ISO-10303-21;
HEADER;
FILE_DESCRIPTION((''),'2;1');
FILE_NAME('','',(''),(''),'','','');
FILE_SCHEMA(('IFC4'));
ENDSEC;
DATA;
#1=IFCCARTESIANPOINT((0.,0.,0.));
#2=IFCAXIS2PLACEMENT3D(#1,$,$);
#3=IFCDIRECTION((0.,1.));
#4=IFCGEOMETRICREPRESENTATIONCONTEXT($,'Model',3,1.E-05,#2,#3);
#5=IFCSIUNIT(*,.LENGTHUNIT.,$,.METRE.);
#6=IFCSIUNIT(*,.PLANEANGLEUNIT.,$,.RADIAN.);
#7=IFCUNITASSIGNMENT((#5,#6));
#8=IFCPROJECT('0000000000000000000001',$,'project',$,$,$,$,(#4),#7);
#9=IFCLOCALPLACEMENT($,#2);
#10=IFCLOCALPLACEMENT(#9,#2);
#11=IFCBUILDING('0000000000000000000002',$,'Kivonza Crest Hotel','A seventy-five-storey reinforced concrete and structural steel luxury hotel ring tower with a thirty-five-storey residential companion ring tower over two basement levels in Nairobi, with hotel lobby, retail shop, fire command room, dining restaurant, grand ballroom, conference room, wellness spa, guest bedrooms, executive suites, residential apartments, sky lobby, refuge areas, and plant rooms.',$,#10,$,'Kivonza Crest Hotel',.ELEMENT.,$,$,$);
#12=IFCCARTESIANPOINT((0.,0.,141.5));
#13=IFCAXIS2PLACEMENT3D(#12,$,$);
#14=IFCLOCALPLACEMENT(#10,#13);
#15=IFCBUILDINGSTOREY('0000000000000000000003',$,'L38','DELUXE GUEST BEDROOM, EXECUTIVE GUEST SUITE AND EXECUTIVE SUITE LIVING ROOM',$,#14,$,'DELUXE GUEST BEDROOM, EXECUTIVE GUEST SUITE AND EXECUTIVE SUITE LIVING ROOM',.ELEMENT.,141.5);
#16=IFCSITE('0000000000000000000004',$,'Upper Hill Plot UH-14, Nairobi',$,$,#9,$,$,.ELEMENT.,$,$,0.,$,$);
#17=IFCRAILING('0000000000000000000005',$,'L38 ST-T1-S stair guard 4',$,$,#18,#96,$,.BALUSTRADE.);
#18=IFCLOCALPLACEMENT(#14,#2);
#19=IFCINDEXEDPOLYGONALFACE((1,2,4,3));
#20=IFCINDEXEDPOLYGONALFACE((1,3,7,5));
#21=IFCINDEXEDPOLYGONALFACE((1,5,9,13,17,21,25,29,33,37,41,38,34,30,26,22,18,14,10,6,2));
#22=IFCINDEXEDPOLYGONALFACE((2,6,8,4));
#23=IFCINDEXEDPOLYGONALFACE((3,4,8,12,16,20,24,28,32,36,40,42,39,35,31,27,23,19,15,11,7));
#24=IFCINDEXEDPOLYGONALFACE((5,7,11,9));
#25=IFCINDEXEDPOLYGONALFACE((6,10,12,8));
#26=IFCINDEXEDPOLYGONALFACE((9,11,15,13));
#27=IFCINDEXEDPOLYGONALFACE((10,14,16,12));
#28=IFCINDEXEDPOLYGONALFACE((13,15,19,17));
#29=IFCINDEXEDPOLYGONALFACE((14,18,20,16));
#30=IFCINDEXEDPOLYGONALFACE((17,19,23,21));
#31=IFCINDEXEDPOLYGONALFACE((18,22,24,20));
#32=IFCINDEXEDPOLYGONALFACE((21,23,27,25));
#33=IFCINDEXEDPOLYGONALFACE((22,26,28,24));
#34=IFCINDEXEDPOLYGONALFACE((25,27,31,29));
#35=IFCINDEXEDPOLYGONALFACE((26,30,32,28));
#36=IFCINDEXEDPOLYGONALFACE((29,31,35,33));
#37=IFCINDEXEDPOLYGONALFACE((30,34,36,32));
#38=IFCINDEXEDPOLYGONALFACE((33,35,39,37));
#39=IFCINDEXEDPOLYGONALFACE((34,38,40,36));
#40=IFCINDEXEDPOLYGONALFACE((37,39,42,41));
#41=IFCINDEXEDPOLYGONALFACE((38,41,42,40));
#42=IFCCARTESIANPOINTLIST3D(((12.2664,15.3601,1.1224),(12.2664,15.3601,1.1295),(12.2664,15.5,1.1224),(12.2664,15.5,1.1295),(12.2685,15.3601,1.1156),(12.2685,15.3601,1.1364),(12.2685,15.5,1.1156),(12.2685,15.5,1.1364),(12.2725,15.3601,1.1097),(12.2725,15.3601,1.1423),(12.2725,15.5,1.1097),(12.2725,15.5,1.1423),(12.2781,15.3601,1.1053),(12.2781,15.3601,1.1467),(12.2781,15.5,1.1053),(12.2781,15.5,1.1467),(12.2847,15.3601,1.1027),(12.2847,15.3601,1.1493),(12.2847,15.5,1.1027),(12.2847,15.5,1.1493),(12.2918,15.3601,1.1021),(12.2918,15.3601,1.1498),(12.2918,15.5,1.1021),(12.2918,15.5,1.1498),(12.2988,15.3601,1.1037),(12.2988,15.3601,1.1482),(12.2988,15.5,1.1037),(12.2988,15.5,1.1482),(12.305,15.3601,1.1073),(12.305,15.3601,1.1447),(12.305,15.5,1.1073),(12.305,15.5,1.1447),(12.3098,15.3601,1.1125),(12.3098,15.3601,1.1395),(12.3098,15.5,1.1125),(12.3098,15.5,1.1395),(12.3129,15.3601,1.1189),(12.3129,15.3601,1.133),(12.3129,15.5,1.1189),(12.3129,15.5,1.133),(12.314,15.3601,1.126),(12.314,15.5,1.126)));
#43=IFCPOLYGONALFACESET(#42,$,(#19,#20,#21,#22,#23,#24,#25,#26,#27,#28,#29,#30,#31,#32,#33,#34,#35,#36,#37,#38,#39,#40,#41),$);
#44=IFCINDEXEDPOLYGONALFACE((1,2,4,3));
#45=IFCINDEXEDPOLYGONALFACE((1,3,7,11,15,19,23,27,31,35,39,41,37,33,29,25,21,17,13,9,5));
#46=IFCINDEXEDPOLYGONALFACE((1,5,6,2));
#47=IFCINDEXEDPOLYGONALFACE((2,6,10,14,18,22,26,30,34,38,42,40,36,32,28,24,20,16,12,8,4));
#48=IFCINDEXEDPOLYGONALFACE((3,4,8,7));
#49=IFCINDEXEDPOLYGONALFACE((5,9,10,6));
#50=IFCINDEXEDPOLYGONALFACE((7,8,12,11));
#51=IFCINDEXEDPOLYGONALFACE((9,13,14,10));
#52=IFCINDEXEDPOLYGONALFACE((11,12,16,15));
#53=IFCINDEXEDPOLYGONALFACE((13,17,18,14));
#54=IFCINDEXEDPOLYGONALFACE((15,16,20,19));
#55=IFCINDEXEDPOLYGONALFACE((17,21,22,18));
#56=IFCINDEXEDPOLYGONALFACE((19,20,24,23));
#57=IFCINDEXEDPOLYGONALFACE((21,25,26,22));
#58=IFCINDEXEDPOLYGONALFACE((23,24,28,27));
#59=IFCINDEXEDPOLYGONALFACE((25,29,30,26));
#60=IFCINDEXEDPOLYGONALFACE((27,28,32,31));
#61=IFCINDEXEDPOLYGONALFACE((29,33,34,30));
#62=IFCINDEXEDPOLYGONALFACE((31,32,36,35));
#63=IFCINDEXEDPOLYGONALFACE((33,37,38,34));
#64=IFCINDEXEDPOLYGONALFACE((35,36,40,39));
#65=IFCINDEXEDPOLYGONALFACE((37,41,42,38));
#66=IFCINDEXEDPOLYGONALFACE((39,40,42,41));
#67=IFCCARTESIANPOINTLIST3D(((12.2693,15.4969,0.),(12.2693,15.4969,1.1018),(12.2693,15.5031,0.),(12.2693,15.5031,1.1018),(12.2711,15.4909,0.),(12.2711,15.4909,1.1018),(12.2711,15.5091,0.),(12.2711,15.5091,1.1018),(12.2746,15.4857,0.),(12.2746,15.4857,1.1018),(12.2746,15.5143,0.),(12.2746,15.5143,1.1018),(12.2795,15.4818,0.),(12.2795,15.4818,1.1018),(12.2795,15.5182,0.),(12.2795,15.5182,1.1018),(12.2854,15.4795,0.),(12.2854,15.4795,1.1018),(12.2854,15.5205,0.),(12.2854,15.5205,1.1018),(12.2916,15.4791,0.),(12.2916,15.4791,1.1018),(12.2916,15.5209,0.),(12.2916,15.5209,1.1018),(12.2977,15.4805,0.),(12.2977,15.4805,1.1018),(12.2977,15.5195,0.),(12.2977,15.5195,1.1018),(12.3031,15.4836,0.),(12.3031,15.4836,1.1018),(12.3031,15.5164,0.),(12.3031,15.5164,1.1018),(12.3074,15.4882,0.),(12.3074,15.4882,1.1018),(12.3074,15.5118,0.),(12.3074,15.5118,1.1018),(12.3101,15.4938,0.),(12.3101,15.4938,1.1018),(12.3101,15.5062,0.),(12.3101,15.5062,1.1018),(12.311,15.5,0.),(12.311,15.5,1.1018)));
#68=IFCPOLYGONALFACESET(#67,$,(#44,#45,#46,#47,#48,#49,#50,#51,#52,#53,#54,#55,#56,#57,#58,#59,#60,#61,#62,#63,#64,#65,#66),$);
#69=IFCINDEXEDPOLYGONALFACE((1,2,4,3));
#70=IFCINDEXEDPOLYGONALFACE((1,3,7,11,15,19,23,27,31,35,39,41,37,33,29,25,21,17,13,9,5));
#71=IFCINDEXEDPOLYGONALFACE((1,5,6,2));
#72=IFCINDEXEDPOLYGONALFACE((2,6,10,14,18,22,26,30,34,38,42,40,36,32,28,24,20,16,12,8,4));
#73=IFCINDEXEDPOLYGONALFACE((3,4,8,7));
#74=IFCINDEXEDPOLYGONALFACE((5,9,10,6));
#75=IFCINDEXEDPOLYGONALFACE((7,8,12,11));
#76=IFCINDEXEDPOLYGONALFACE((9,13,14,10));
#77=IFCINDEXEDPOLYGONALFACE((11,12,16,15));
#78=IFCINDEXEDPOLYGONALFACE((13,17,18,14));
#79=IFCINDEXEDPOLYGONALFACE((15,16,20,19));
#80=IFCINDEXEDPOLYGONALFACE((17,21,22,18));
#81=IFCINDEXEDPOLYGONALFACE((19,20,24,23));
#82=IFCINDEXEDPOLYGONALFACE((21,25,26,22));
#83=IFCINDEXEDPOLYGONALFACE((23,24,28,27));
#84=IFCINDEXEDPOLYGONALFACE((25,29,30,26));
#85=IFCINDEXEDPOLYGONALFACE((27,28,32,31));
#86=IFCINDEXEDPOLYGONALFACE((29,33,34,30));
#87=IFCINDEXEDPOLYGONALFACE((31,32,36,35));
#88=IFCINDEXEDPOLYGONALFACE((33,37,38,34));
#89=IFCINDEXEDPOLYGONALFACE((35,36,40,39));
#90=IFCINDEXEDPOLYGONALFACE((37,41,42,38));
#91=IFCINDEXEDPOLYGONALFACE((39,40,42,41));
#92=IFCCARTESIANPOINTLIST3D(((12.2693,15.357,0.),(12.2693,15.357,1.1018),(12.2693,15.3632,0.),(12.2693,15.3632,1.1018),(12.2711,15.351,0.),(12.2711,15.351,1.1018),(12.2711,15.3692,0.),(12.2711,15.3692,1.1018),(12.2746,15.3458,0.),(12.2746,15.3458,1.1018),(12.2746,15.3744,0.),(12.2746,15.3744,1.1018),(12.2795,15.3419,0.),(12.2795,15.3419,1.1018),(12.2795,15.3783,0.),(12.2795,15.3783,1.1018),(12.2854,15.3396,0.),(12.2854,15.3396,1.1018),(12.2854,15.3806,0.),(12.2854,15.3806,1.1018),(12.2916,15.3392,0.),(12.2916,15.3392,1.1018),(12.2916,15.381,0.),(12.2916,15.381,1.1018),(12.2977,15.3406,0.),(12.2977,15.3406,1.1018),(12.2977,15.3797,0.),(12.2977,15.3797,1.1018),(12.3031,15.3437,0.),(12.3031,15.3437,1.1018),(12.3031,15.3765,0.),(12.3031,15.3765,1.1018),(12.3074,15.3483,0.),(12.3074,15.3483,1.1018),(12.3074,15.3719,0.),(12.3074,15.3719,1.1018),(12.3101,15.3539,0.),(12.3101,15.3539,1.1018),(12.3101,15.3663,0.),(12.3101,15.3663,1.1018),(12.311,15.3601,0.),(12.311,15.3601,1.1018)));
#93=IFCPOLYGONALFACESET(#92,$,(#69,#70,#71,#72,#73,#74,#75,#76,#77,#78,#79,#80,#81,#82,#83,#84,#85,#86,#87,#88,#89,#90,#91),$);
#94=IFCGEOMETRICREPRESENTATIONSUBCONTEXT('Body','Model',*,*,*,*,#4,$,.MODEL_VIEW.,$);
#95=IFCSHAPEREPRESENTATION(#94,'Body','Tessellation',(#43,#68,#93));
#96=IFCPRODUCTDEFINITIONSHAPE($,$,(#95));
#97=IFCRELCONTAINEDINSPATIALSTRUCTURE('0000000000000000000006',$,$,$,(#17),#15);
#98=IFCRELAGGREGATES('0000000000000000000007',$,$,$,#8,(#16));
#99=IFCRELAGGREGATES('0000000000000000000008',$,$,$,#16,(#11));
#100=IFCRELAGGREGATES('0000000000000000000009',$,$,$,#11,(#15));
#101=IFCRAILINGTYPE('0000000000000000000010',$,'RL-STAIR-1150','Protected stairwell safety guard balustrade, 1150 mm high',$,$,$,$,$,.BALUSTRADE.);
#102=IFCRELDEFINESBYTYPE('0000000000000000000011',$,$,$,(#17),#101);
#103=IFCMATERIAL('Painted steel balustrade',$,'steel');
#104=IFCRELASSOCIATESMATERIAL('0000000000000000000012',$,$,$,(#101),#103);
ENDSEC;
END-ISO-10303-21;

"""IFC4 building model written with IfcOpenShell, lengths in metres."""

from ifc_helpers import new_model, si_unit, direction, frame, origin, origin_2d, place, context, subcontext, project, spatial, circle, extrude, material, type_object, element, save


model = new_model("IFC4")

# Units and contexts
model_context = context("Model", 3, precision=1e-05, world=origin(), true_north=direction((0.0, 1.0)))
body_context = subcontext(model_context, "Body", "Model", "MODEL_VIEW")
ifc_project = project(units=[si_unit("LENGTHUNIT", "METRE"), si_unit("PLANEANGLEUNIT", "RADIAN")], contexts=[model_context])

# Site, building, storey
site_placement = place(None, origin())
site = spatial("IfcSite", under=ifc_project, at=site_placement, Name="Upper Hill Plot UH-14, Nairobi", CompositionType="ELEMENT", RefElevation=0.0)
building_placement = place(site_placement, origin())
building = spatial("IfcBuilding", under=site, at=building_placement, Name="Kivonza Crest Hotel", Description="A seventy-five-storey reinforced concrete and structural steel luxury hotel ring tower with a thirty-five-storey residential companion ring tower over two basement levels in Nairobi, with hotel lobby, retail shop, fire command room, dining restaurant, grand ballroom, conference room, wellness spa, guest bedrooms, executive suites, residential apartments, sky lobby, refuge areas, and plant rooms.", LongName="Kivonza Crest Hotel", CompositionType="ELEMENT")
storey_placement = place(building_placement, frame((0.0, 0.0, 141.5)))
storey = spatial("IfcBuildingStorey", under=building, at=storey_placement, Name="L38", Description="DELUXE GUEST BEDROOM, EXECUTIVE GUEST SUITE AND EXECUTIVE SUITE LIVING ROOM", LongName="DELUXE GUEST BEDROOM, EXECUTIVE GUEST SUITE AND EXECUTIVE SUITE LIVING ROOM", CompositionType="ELEMENT", Elevation=141.5)

# Railing
ifc_material_1 = material(Name="Painted steel balustrade", Category="steel")
railing_type_1 = type_object("IfcRailingType", Name="RL-STAIR-1150", Description="Protected stairwell safety guard balustrade, 1150 mm high", PredefinedType="BALUSTRADE", material=ifc_material_1)
railing_1_placement = place(storey_placement, frame((12.29, 15.5, 0.0)))
element("IfcRailing", 1, at=railing_1_placement, inside=storey, type_object=railing_type_1, Name="L38 ST-T1-S stair guard 4", PredefinedType="BALUSTRADE", context=body_context, shape_type="SweptSolid", body=[
    extrude(circle(Radius=0.0239, at=origin_2d()), frame((0.0, 0.0, 1.126), z_axis=(0.0, -1.0, 0.0), x_axis=(1.0, 0.0, 0.0)), (0.0, 0.0, 1.0), 0.1399),
    extrude(circle(Radius=0.021, at=origin_2d()), origin(), (0.0, 0.0, 1.0), 1.1018),
    extrude(circle(Radius=0.021, at=origin_2d()), frame((0.0, -0.1399, 0.0)), (0.0, 0.0, 1.0), 1.1018),
])

save(model, "model.ifc")
